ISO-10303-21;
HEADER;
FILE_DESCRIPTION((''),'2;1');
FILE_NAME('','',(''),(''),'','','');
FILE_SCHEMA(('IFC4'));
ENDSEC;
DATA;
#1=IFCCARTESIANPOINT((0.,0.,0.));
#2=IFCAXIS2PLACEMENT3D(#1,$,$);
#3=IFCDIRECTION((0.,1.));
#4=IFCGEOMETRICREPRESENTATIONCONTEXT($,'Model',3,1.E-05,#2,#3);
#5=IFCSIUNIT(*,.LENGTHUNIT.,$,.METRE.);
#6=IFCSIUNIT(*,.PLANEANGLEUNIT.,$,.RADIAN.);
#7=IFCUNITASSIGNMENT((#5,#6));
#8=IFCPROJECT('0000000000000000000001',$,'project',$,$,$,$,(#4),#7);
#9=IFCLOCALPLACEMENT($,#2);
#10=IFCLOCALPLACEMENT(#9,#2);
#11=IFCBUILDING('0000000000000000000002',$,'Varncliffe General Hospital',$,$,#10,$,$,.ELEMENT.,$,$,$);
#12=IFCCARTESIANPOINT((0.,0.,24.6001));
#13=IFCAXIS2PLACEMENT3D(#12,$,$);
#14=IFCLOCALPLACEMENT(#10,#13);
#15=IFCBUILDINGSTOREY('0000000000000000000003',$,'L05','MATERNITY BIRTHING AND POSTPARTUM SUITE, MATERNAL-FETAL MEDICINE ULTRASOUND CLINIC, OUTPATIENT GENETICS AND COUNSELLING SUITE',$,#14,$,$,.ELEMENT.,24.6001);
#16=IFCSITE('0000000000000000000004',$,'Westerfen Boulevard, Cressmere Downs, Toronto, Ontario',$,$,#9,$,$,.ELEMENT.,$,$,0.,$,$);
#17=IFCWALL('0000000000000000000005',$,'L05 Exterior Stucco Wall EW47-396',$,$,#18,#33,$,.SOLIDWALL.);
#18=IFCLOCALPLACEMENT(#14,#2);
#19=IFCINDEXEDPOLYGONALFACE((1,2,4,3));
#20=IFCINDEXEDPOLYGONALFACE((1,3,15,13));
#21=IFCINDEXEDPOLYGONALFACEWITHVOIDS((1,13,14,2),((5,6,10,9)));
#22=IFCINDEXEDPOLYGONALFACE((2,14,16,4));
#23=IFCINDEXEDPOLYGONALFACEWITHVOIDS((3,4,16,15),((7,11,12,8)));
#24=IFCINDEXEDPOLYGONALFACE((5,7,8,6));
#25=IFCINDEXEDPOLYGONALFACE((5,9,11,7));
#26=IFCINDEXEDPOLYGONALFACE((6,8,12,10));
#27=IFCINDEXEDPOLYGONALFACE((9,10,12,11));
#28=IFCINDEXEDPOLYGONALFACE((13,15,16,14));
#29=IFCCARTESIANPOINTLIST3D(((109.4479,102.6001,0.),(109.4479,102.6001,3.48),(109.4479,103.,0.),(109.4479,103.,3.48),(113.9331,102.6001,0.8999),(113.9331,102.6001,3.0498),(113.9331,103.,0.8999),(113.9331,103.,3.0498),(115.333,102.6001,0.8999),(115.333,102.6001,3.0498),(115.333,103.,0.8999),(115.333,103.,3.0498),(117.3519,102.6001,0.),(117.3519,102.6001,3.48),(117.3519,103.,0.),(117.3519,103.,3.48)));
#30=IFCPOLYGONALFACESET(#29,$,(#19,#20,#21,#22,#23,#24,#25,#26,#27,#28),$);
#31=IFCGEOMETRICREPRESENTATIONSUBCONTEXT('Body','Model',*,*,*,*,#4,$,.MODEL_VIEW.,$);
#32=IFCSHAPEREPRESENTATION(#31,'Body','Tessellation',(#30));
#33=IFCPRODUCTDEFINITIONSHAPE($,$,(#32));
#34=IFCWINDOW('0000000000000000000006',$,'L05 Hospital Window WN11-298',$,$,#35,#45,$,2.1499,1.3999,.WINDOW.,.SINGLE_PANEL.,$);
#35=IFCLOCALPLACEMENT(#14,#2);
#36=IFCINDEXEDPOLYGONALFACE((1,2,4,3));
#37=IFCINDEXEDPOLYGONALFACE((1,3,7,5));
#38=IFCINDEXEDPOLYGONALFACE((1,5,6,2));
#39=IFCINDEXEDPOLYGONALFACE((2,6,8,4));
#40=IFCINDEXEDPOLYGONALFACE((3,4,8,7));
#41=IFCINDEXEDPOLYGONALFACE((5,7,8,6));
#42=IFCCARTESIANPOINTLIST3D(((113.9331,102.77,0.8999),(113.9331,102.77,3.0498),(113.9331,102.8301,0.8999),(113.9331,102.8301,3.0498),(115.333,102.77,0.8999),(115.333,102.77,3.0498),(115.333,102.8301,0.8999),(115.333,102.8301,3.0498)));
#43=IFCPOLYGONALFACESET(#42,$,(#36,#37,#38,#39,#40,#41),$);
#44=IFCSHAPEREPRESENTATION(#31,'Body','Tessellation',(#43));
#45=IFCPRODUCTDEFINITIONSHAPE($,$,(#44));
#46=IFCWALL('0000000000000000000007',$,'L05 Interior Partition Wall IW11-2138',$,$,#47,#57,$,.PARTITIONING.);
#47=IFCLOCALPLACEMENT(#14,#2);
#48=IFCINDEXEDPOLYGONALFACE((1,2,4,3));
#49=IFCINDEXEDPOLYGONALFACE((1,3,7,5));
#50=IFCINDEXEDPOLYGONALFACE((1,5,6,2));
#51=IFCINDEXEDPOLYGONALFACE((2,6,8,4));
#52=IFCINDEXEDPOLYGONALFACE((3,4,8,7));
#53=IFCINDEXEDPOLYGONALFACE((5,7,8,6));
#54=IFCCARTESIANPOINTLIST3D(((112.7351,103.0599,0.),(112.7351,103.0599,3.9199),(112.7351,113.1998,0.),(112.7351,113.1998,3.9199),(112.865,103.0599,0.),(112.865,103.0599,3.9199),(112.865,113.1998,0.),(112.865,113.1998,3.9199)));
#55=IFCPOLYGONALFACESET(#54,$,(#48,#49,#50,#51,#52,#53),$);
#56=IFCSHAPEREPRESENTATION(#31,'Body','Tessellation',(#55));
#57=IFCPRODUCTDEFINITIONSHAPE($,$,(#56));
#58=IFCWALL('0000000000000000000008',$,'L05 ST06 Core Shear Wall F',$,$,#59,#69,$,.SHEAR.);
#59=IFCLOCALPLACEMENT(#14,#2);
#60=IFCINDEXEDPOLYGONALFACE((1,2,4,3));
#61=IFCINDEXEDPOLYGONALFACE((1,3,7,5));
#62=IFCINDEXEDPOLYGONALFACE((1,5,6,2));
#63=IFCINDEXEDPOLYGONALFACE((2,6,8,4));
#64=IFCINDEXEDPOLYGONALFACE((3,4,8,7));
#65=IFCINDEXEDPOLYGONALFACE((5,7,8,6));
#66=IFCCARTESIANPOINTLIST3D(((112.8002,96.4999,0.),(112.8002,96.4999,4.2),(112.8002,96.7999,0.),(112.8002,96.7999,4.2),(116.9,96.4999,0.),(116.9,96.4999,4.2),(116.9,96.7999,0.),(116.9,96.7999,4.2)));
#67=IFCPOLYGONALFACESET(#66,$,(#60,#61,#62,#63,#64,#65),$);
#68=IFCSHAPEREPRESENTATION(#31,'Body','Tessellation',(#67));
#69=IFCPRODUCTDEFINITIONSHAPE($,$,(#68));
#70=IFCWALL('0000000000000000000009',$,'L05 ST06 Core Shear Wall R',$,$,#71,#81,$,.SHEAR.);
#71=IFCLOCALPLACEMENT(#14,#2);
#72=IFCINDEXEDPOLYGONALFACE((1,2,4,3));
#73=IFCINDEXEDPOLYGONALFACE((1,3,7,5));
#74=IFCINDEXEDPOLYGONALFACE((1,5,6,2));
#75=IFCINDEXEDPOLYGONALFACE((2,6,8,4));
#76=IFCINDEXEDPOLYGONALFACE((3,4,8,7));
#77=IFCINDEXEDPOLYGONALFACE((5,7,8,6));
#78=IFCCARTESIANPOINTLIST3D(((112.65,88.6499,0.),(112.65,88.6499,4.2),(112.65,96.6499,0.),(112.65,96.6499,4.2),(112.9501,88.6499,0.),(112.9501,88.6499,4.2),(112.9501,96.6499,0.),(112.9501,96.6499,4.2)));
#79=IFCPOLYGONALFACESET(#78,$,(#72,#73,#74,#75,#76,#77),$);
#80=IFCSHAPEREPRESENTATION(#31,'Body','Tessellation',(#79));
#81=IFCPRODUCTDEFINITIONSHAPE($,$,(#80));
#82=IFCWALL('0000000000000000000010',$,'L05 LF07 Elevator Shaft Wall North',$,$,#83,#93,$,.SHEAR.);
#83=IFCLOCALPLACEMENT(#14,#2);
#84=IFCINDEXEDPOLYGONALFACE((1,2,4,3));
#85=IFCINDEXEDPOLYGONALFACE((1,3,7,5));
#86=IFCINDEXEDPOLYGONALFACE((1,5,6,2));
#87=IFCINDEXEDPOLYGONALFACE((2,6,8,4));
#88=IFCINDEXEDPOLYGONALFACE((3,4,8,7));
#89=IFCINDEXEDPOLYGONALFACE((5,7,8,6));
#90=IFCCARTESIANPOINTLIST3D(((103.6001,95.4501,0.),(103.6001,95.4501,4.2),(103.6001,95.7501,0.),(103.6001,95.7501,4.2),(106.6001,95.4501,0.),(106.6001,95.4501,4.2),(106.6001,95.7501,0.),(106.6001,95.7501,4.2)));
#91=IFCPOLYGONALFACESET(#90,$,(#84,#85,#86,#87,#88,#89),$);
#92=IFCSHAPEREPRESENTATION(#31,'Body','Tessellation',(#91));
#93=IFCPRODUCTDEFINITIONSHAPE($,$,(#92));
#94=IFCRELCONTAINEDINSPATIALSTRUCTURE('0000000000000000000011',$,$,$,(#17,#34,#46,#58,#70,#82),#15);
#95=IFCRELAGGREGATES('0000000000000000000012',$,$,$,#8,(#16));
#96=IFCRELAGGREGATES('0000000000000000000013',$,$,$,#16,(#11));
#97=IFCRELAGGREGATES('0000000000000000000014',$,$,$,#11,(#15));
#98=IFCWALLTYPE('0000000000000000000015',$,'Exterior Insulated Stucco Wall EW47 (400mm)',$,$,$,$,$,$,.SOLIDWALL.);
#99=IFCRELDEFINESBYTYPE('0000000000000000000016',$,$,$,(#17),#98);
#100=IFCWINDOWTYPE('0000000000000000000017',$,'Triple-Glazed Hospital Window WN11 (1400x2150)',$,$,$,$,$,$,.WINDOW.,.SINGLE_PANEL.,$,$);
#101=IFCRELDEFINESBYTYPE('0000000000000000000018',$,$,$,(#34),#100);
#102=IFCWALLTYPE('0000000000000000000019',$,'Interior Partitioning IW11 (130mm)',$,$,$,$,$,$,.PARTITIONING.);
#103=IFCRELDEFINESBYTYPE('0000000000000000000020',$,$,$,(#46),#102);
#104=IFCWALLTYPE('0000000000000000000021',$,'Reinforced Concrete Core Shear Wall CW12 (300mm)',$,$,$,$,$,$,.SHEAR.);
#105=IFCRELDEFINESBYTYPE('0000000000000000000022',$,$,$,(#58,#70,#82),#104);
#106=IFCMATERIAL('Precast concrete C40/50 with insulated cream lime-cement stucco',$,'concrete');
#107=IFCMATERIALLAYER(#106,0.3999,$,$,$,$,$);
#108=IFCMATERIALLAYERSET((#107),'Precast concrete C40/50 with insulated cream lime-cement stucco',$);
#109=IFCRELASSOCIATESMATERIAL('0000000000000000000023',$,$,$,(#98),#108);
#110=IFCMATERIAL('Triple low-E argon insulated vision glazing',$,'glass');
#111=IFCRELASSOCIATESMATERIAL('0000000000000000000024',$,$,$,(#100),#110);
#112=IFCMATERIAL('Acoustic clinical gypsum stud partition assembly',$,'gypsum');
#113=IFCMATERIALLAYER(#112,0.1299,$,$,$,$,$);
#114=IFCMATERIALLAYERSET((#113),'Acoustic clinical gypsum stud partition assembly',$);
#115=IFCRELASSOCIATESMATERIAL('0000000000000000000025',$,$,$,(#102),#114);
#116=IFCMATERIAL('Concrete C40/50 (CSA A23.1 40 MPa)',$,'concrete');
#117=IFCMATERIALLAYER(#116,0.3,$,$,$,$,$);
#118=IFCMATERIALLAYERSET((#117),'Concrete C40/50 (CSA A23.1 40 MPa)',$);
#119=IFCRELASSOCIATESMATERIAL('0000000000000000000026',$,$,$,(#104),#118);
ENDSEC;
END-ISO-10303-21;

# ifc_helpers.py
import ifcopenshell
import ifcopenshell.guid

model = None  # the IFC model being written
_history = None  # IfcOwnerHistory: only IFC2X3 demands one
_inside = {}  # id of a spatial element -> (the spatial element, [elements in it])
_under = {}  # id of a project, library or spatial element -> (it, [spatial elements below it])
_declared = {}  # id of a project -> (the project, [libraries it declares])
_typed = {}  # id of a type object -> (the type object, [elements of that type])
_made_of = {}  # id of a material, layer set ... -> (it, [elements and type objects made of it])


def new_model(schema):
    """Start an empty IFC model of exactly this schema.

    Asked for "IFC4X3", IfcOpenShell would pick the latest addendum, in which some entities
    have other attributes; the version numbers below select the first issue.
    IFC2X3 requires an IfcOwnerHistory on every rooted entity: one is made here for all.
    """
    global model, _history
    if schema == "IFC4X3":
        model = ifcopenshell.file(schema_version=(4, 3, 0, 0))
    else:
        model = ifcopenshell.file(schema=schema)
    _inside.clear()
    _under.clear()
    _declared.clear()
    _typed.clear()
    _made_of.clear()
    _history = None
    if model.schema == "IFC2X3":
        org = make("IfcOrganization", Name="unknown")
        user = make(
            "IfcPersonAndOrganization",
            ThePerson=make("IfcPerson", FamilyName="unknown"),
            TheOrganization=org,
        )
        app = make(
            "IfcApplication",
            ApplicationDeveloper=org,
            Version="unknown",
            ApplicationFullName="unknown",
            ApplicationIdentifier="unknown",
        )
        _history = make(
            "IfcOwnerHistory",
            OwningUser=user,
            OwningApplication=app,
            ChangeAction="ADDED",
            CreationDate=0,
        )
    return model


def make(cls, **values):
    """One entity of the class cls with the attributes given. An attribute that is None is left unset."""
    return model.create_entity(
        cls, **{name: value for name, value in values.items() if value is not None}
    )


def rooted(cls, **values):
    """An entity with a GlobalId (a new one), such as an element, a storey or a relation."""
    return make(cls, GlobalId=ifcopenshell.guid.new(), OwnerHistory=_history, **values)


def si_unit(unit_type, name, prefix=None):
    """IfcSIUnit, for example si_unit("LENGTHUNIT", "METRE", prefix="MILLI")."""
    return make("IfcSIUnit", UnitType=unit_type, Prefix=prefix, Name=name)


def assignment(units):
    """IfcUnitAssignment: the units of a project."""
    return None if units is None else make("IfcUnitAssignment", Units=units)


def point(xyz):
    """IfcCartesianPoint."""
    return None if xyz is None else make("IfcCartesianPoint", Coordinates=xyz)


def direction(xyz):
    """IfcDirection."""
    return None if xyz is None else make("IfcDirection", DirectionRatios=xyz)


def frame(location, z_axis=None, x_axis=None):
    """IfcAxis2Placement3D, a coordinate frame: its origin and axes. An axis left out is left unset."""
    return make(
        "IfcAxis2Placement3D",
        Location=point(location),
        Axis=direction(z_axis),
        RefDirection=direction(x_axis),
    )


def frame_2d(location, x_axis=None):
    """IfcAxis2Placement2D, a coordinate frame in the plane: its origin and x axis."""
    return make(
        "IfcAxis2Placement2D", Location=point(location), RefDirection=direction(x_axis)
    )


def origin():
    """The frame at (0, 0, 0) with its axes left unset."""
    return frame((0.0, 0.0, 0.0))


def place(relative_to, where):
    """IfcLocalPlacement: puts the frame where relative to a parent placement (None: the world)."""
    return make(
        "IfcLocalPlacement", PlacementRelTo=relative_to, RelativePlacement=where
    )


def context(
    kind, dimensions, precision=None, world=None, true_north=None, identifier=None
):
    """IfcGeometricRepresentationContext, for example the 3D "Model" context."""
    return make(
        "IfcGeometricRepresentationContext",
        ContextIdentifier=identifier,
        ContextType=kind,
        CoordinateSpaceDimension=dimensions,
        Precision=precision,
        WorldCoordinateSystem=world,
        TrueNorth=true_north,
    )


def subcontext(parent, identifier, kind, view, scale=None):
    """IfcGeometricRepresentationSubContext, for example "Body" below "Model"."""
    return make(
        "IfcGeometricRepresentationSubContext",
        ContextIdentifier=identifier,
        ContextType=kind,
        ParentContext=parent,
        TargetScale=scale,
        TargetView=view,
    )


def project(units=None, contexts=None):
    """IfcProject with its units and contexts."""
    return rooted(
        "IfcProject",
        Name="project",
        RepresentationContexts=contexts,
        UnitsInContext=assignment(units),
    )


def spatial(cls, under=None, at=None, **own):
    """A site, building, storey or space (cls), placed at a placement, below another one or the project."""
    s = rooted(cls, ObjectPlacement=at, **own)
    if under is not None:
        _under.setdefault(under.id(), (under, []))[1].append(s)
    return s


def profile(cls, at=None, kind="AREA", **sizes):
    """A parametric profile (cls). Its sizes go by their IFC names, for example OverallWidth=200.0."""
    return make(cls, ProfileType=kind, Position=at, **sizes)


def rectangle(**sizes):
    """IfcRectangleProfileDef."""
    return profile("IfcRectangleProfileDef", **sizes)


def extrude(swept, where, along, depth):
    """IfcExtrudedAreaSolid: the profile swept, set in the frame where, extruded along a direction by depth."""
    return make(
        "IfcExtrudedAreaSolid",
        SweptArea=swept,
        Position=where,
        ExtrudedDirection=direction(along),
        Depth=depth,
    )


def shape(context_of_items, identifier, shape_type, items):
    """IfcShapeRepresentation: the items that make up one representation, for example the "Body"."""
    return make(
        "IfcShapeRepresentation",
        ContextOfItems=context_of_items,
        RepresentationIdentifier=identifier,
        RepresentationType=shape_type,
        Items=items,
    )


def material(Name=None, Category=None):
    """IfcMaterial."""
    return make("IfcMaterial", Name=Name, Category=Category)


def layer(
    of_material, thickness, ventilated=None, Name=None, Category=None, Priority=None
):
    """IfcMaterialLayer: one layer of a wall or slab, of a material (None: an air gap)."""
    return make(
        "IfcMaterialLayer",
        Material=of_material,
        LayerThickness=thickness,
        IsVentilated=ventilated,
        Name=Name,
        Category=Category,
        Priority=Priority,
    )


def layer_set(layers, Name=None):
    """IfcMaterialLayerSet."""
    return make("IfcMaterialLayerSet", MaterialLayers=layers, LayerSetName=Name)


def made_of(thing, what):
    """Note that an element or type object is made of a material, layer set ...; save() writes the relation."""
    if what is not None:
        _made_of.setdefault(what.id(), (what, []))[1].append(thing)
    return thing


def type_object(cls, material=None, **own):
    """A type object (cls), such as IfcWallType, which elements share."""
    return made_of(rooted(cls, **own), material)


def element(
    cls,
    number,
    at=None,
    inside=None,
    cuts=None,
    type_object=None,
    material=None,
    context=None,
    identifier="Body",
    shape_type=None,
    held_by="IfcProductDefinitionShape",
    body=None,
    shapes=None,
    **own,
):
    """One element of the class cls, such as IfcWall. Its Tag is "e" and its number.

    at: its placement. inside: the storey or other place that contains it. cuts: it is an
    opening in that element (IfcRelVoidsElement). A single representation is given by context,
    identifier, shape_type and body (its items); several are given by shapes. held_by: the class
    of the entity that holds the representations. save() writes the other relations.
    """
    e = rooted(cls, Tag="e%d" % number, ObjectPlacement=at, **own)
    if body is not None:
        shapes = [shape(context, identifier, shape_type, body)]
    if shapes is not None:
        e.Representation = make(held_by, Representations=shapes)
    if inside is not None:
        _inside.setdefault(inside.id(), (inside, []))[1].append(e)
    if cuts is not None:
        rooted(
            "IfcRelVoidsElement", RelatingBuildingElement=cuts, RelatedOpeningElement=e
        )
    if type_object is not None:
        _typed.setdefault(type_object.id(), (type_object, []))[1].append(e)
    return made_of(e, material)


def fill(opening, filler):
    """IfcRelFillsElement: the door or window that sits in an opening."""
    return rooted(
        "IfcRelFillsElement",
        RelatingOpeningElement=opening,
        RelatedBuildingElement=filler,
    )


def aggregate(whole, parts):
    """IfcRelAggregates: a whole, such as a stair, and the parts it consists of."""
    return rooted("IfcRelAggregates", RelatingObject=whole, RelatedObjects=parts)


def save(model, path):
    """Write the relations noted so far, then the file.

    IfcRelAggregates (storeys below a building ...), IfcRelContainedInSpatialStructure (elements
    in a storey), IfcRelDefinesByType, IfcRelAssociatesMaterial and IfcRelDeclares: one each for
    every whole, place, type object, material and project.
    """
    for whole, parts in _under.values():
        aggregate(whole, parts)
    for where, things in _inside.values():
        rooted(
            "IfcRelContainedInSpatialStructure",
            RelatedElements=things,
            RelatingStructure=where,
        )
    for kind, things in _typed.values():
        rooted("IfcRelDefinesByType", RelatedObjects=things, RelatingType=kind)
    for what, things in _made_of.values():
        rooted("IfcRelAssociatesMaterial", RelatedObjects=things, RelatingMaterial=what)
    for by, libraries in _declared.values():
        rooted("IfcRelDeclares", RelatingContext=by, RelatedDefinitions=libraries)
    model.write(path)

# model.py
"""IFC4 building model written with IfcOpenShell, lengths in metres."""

from ifc_helpers import new_model, si_unit, direction, frame, frame_2d, origin, place, context, subcontext, project, spatial, rectangle, extrude, material, layer, layer_set, type_object, element, fill, save


model = new_model("IFC4")

# Units and contexts
model_context = context("Model", 3, precision=1e-05, world=origin(), true_north=direction((0.0, 1.0)))
body_context = subcontext(model_context, "Body", "Model", "MODEL_VIEW")
ifc_project = project(units=[si_unit("LENGTHUNIT", "METRE"), si_unit("PLANEANGLEUNIT", "RADIAN")], contexts=[model_context])

# Site, building, storey
site_placement = place(None, origin())
site = spatial("IfcSite", under=ifc_project, at=site_placement, Name="Westerfen Boulevard, Cressmere Downs, Toronto, Ontario", CompositionType="ELEMENT", RefElevation=0.0)
building_placement = place(site_placement, origin())
building = spatial("IfcBuilding", under=site, at=building_placement, Name="Varncliffe General Hospital", CompositionType="ELEMENT")
storey_placement = place(building_placement, frame((0.0, 0.0, 24.6001)))
storey = spatial("IfcBuildingStorey", under=building, at=storey_placement, Name="L05", Description="MATERNITY BIRTHING AND POSTPARTUM SUITE, MATERNAL-FETAL MEDICINE ULTRASOUND CLINIC, OUTPATIENT GENETICS AND COUNSELLING SUITE", CompositionType="ELEMENT", Elevation=24.6001)

# Shared definitions
ifc_material_1 = material(Name="Concrete C40/50 (CSA A23.1 40 MPa)", Category="concrete")

# Shared definitions
ifc_material_2 = material(Name="Precast concrete C40/50 with insulated cream lime-cement stucco", Category="concrete")
ifc_material_3 = material(Name="Triple low-E argon insulated vision glazing", Category="glass")

# Wall, opening, window
ifc_layer_1 = layer(ifc_material_2, 0.3999)
ifc_layer_set_1 = layer_set([ifc_layer_1], Name="Precast concrete C40/50 with insulated cream lime-cement stucco")
wall_type_1 = type_object("IfcWallType", Name="Exterior Insulated Stucco Wall EW47 (400mm)", PredefinedType="SOLIDWALL", material=ifc_layer_set_1)
wall_1_placement = place(storey_placement, frame((117.3521, 102.8, 0.0), z_axis=(0.0, 0.0, 1.0), x_axis=(-1.0, 0.0, 0.0)))
wall_1 = element("IfcWall", 1, at=wall_1_placement, inside=storey, type_object=wall_type_1, Name="L05 Exterior Stucco Wall EW47-396", PredefinedType="SOLIDWALL", context=body_context, shape_type="SweptSolid", body=[
    extrude(rectangle(XDim=7.9041, YDim=0.3999, at=frame_2d((3.9521, 0.0))), origin(), (0.0, 0.0, 1.0), 3.48),
])
opening_1_placement = place(wall_1_placement, frame((2.019, 0.0, 0.8999)))
opening_1 = element("IfcOpeningElement", 2, at=opening_1_placement, cuts=wall_1, PredefinedType="OPENING", context=body_context, shape_type="SweptSolid", body=[
    extrude(rectangle(XDim=1.3999, YDim=2.1499, at=frame_2d((0.7, 1.075))), frame((0.0, 0.21, 0.0), z_axis=(0.0, -1.0, 0.0), x_axis=(1.0, 0.0, 0.0)), (0.0, 0.0, 1.0), 0.4199),
])
window_type_1 = type_object("IfcWindowType", Name="Triple-Glazed Hospital Window WN11 (1400x2150)", PartitioningType="SINGLE_PANEL", PredefinedType="WINDOW", material=ifc_material_3)
window_1_placement = place(opening_1_placement, origin())
window_1 = element("IfcWindow", 3, at=window_1_placement, inside=storey, type_object=window_type_1, Name="L05 Hospital Window WN11-298", OverallHeight=2.1499, OverallWidth=1.3999, PartitioningType="SINGLE_PANEL", PredefinedType="WINDOW", context=body_context, shape_type="SweptSolid", body=[
    extrude(rectangle(XDim=1.3999, YDim=2.1499, at=frame_2d((0.7, 1.075))), frame((0.0, 0.03, 0.0), z_axis=(0.0, -1.0, 0.0), x_axis=(1.0, 0.0, 0.0)), (0.0, 0.0, 1.0), 0.0601),
])
fill(opening_1, window_1)

# Walls
ifc_material_4 = material(Name="Acoustic clinical gypsum stud partition assembly", Category="gypsum")
ifc_layer_2 = layer(ifc_material_4, 0.1299)
ifc_layer_set_2 = layer_set([ifc_layer_2], Name="Acoustic clinical gypsum stud partition assembly")
wall_type_2 = type_object("IfcWallType", Name="Interior Partitioning IW11 (130mm)", PredefinedType="PARTITIONING", material=ifc_layer_set_2)
wall_2_placement = place(storey_placement, frame((112.8, 103.0601, 0.0), z_axis=(0.0, 0.0, 1.0), x_axis=(0.0, 1.0, 0.0)))
element("IfcWall", 4, at=wall_2_placement, inside=storey, type_object=wall_type_2, Name="L05 Interior Partition Wall IW11-2138", PredefinedType="PARTITIONING", context=body_context, shape_type="SweptSolid", body=[
    extrude(rectangle(XDim=10.1399, YDim=0.1299, at=frame_2d((5.0698, 0.0))), origin(), (0.0, 0.0, 1.0), 3.9199),
])
ifc_layer_3 = layer(ifc_material_1, 0.3)
ifc_layer_set_3 = layer_set([ifc_layer_3], Name="Concrete C40/50 (CSA A23.1 40 MPa)")
wall_type_3 = type_object("IfcWallType", Name="Reinforced Concrete Core Shear Wall CW12 (300mm)", PredefinedType="SHEAR", material=ifc_layer_set_3)
wall_3_placement = place(storey_placement, frame((116.8999, 96.6499, 0.0), z_axis=(0.0, 0.0, 1.0), x_axis=(-1.0, 0.0, 0.0)))
element("IfcWall", 5, at=wall_3_placement, inside=storey, type_object=wall_type_3, Name="L05 ST06 Core Shear Wall F", PredefinedType="SHEAR", context=body_context, shape_type="SweptSolid", body=[
    extrude(rectangle(XDim=4.0999, YDim=0.3, at=frame_2d((2.0498, 0.0))), origin(), (0.0, 0.0, 1.0), 4.2),
])
wall_4_placement = place(storey_placement, frame((112.8, 96.6499, 0.0), z_axis=(0.0, 0.0, 1.0), x_axis=(0.0, -1.0, 0.0)))
element("IfcWall", 6, at=wall_4_placement, inside=storey, type_object=wall_type_3, Name="L05 ST06 Core Shear Wall R", PredefinedType="SHEAR", context=body_context, shape_type="SweptSolid", body=[
    extrude(rectangle(XDim=8.0, YDim=0.3, at=frame_2d((4.0, 0.0))), origin(), (0.0, 0.0, 1.0), 4.2),
])
wall_5_placement = place(storey_placement, frame((106.6001, 95.6001, 0.0), z_axis=(0.0, 0.0, 1.0), x_axis=(-1.0, 0.0, 0.0)))
element("IfcWall", 7, at=wall_5_placement, inside=storey, type_object=wall_type_3, Name="L05 LF07 Elevator Shaft Wall North", PredefinedType="SHEAR", context=body_context, shape_type="SweptSolid", body=[
    extrude(rectangle(XDim=3.0, YDim=0.3, at=frame_2d((1.5, 0.0))), origin(), (0.0, 0.0, 1.0), 4.2),
])

save(model, "model.ifc")
